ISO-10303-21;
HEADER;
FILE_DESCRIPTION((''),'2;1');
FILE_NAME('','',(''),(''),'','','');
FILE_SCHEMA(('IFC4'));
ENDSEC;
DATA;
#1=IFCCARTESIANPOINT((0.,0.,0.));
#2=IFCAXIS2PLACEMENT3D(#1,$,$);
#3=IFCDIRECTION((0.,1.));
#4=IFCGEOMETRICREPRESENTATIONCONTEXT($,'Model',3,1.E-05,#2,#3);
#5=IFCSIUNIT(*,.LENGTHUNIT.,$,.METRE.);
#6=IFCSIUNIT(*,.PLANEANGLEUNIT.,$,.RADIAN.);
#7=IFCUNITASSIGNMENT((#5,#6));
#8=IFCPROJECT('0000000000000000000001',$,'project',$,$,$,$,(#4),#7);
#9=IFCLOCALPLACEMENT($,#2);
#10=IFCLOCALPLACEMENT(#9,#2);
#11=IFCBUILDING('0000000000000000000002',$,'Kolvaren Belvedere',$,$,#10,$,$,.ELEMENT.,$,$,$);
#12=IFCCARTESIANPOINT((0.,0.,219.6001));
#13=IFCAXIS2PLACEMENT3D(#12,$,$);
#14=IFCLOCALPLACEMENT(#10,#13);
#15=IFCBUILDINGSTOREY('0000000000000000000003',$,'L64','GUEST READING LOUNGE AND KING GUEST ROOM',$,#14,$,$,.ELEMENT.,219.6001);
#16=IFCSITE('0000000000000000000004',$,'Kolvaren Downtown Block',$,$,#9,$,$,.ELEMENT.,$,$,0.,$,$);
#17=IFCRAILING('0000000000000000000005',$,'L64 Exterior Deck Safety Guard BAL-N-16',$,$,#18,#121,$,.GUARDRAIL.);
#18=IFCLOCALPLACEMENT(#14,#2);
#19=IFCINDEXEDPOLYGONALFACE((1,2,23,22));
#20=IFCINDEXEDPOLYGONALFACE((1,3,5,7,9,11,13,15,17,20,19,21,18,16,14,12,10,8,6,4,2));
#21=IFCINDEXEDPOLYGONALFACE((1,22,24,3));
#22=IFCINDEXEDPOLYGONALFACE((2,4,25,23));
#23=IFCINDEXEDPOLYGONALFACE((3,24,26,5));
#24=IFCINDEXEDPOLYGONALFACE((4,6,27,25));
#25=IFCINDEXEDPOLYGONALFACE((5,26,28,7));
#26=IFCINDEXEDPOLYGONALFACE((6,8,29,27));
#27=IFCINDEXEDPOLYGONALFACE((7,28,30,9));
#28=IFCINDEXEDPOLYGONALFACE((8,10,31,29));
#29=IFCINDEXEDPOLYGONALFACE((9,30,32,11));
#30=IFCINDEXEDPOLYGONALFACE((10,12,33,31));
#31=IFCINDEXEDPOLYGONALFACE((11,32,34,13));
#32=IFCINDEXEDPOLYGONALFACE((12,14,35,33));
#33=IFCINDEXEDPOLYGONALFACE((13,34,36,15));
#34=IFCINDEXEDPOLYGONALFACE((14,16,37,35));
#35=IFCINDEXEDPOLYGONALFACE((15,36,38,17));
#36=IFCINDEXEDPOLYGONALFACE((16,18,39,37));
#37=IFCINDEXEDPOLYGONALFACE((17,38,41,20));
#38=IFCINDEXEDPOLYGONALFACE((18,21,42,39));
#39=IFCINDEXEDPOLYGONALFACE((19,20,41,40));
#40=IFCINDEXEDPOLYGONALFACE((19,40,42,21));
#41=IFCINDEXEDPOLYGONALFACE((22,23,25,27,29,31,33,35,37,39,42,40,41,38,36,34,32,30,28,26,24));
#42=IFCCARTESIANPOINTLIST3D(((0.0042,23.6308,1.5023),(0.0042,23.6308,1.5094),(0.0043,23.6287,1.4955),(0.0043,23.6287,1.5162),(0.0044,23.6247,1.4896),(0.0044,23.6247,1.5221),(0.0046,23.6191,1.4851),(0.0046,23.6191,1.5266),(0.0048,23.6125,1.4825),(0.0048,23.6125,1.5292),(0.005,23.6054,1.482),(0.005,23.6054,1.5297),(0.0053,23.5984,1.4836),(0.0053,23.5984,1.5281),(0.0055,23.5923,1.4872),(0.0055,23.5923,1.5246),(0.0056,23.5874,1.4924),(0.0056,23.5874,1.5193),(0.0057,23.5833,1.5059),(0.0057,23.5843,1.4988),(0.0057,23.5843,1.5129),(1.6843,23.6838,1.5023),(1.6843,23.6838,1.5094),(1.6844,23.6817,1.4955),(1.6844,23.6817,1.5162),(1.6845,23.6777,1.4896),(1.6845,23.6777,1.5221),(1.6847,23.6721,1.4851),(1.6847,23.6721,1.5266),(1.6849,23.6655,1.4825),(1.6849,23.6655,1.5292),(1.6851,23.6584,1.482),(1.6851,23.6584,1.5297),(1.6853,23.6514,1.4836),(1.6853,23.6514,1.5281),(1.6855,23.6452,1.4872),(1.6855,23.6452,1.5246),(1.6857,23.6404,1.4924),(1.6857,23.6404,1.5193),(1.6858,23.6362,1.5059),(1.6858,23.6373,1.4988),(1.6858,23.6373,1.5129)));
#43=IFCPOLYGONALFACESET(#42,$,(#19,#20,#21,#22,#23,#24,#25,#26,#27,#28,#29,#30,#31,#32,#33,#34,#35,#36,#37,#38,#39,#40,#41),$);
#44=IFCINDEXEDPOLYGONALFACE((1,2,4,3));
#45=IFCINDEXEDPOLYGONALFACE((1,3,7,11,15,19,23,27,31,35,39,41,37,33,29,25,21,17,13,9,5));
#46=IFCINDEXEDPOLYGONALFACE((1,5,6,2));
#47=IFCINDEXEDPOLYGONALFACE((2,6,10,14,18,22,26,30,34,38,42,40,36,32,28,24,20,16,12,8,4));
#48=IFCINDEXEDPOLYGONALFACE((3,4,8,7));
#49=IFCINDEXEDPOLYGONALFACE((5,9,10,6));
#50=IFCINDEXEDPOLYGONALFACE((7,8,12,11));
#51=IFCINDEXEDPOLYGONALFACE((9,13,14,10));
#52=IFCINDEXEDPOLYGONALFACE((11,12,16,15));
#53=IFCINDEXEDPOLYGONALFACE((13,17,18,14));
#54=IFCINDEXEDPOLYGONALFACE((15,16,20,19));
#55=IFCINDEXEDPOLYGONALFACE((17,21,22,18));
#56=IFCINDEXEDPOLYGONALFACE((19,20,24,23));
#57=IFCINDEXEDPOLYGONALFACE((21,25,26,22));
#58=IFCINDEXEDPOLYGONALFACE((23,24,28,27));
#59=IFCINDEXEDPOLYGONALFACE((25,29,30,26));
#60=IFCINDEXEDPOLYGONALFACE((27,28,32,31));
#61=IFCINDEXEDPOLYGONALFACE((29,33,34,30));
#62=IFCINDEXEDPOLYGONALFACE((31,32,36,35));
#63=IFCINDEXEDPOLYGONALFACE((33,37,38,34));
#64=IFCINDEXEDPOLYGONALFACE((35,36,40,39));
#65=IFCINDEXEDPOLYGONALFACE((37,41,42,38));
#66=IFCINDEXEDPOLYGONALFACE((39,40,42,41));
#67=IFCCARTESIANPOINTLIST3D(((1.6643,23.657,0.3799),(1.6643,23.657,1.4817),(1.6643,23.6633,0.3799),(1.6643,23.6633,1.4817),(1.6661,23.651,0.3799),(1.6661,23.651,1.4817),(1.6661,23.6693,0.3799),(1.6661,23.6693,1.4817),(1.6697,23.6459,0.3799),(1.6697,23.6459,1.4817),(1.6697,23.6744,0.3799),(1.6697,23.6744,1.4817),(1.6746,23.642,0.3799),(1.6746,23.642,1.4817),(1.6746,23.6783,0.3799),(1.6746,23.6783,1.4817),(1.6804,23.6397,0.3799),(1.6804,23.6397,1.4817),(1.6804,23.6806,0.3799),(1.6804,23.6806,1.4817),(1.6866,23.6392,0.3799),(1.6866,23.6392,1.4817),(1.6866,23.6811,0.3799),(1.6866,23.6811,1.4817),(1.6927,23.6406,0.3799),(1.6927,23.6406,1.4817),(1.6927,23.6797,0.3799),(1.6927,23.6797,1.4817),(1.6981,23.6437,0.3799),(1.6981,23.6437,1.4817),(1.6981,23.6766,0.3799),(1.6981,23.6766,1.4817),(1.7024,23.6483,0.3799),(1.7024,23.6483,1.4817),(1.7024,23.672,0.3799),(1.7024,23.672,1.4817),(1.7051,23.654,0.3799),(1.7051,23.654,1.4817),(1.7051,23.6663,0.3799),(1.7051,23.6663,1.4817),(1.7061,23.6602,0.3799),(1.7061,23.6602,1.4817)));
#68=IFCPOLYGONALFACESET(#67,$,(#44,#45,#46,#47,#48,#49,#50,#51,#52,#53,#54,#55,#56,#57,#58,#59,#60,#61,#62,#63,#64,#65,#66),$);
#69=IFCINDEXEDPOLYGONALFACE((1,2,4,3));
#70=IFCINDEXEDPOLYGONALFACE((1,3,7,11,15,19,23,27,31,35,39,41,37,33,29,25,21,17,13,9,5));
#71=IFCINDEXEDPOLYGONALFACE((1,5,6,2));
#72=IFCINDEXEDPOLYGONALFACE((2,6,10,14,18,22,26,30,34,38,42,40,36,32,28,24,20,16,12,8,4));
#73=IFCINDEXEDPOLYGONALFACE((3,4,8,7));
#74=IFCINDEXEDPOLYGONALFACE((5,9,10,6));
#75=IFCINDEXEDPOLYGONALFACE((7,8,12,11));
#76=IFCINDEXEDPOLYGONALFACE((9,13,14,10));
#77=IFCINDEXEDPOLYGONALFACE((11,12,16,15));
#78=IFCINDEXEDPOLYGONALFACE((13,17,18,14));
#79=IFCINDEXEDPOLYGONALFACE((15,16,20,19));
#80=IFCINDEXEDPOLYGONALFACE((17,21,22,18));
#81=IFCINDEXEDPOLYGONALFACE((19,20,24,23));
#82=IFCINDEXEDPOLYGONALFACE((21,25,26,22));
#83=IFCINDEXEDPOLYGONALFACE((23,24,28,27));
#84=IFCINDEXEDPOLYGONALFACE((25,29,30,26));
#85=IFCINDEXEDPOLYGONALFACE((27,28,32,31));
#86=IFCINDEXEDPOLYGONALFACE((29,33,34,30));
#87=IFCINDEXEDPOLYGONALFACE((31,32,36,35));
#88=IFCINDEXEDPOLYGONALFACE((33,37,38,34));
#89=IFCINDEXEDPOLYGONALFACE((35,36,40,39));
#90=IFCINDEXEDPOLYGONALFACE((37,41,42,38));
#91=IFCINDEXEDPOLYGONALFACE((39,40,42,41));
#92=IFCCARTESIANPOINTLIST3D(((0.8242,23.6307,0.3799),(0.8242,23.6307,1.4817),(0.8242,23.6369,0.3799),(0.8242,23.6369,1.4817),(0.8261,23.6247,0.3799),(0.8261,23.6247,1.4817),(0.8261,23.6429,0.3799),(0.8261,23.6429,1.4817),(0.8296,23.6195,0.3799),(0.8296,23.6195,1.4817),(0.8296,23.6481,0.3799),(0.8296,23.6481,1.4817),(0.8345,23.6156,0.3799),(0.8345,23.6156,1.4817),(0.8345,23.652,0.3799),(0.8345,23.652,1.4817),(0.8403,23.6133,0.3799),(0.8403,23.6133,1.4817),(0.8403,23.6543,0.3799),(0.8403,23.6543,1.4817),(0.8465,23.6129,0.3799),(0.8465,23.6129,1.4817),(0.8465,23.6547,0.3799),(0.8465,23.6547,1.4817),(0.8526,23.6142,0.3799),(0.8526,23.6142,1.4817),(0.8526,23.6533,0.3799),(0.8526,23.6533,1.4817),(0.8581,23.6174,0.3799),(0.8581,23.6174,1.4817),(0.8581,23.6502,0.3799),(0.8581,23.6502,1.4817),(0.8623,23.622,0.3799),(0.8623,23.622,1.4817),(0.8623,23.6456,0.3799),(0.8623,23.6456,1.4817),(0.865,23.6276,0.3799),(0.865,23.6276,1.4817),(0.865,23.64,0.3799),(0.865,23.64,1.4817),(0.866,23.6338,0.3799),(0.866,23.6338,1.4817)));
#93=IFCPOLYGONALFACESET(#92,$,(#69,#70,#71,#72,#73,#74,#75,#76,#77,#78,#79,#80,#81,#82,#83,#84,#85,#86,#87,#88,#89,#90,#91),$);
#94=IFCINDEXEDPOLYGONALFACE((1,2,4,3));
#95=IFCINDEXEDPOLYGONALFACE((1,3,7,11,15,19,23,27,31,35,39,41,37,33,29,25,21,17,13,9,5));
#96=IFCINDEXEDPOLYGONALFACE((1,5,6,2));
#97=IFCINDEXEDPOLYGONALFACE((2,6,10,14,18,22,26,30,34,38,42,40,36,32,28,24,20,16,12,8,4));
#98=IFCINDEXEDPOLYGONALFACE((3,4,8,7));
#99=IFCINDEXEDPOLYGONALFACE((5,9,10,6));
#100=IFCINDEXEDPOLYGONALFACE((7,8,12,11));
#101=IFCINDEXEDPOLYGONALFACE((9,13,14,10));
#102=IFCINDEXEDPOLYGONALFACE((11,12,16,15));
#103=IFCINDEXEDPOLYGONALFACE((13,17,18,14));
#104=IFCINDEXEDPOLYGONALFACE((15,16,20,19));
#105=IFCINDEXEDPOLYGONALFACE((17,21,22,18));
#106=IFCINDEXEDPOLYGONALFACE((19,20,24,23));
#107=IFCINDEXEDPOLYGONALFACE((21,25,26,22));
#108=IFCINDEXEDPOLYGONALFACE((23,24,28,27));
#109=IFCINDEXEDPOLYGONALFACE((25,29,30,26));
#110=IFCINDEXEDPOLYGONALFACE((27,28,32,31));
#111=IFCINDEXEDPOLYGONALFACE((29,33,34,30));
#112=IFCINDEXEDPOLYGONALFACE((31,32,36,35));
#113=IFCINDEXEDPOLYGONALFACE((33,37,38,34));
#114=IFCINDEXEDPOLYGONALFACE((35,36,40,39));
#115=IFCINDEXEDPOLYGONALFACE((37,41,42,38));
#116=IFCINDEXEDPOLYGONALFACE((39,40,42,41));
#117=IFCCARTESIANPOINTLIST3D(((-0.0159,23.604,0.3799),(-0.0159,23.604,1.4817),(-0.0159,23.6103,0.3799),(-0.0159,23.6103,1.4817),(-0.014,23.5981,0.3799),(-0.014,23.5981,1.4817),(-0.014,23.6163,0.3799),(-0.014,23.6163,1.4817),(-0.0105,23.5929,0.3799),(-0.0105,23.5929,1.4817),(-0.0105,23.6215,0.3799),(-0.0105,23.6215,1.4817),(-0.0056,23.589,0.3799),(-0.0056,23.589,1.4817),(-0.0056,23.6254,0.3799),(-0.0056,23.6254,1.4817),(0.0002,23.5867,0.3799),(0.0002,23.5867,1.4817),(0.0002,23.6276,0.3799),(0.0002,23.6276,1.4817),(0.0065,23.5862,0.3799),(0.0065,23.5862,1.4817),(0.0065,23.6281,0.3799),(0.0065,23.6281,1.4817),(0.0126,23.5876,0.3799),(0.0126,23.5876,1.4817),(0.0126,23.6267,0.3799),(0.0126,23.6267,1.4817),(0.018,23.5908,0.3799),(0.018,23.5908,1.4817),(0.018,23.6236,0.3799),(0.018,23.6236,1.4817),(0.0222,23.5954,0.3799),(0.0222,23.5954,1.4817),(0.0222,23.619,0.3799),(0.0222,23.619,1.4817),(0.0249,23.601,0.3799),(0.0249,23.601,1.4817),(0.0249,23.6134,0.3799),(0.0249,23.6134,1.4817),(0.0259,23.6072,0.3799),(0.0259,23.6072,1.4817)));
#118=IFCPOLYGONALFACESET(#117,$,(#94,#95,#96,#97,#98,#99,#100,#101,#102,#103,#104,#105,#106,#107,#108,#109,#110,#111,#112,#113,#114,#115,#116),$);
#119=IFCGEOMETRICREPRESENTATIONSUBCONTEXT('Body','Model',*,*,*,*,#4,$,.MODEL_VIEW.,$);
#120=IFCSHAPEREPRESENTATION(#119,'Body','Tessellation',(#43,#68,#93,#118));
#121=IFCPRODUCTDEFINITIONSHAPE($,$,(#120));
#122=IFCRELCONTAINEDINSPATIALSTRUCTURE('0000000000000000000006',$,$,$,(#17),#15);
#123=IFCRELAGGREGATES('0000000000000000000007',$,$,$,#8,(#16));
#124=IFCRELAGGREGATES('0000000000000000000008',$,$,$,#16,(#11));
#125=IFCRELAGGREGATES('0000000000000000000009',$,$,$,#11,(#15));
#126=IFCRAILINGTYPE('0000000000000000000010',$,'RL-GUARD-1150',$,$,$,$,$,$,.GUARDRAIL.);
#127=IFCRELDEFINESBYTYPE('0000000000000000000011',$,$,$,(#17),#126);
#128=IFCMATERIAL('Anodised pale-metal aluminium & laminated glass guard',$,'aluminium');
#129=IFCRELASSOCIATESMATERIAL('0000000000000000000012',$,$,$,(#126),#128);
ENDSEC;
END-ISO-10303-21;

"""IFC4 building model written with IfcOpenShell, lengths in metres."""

from ifc_helpers import new_model, si_unit, direction, frame, origin, origin_2d, place, context, subcontext, project, spatial, circle, extrude, material, type_object, element, save


model = new_model("IFC4")

# Units and contexts
model_context = context("Model", 3, precision=1e-05, world=origin(), true_north=direction((0.0, 1.0)))
body_context = subcontext(model_context, "Body", "Model", "MODEL_VIEW")
ifc_project = project(units=[si_unit("LENGTHUNIT", "METRE"), si_unit("PLANEANGLEUNIT", "RADIAN")], contexts=[model_context])

# Site, building, storey
site_placement = place(None, origin())
site = spatial("IfcSite", under=ifc_project, at=site_placement, Name="Kolvaren Downtown Block", CompositionType="ELEMENT", RefElevation=0.0)
building_placement = place(site_placement, origin())
building = spatial("IfcBuilding", under=site, at=building_placement, Name="Kolvaren Belvedere", CompositionType="ELEMENT")
storey_placement = place(building_placement, frame((0.0, 0.0, 219.6001)))
storey = spatial("IfcBuildingStorey", under=building, at=storey_placement, Name="L64", Description="GUEST READING LOUNGE AND KING GUEST ROOM", CompositionType="ELEMENT", Elevation=219.6001)

# Railing
ifc_material_1 = material(Name="Anodised pale-metal aluminium & laminated glass guard", Category="aluminium")
railing_type = type_object("IfcRailingType", Name="RL-GUARD-1150", PredefinedType="GUARDRAIL", material=ifc_material_1)
railing_1_placement = place(storey_placement, frame((1.6851, 23.6602, 0.3799)))
element("IfcRailing", 1, at=railing_1_placement, inside=storey, type_object=railing_type, Name="L64 Exterior Deck Safety Guard BAL-N-16", PredefinedType="GUARDRAIL", context=body_context, shape_type="SweptSolid", body=[
    extrude(circle(Radius=0.0239, at=origin_2d()), frame((0.0, 0.0, 1.126), z_axis=(-0.999503, -0.031516, 0.0), x_axis=(0.031516, -0.999503, 0.0)), (0.0, 0.0, 1.0), 1.6809),
    extrude(circle(Radius=0.021, at=origin_2d()), origin(), (0.0, 0.0, 1.0), 1.1018),
    extrude(circle(Radius=0.021, at=origin_2d()), frame((-0.8401, -0.0264, 0.0)), (0.0, 0.0, 1.0), 1.1018),
    extrude(circle(Radius=0.021, at=origin_2d()), frame((-1.6802, -0.053, 0.0)), (0.0, 0.0, 1.0), 1.1018),
])

save(model, "model.ifc")
